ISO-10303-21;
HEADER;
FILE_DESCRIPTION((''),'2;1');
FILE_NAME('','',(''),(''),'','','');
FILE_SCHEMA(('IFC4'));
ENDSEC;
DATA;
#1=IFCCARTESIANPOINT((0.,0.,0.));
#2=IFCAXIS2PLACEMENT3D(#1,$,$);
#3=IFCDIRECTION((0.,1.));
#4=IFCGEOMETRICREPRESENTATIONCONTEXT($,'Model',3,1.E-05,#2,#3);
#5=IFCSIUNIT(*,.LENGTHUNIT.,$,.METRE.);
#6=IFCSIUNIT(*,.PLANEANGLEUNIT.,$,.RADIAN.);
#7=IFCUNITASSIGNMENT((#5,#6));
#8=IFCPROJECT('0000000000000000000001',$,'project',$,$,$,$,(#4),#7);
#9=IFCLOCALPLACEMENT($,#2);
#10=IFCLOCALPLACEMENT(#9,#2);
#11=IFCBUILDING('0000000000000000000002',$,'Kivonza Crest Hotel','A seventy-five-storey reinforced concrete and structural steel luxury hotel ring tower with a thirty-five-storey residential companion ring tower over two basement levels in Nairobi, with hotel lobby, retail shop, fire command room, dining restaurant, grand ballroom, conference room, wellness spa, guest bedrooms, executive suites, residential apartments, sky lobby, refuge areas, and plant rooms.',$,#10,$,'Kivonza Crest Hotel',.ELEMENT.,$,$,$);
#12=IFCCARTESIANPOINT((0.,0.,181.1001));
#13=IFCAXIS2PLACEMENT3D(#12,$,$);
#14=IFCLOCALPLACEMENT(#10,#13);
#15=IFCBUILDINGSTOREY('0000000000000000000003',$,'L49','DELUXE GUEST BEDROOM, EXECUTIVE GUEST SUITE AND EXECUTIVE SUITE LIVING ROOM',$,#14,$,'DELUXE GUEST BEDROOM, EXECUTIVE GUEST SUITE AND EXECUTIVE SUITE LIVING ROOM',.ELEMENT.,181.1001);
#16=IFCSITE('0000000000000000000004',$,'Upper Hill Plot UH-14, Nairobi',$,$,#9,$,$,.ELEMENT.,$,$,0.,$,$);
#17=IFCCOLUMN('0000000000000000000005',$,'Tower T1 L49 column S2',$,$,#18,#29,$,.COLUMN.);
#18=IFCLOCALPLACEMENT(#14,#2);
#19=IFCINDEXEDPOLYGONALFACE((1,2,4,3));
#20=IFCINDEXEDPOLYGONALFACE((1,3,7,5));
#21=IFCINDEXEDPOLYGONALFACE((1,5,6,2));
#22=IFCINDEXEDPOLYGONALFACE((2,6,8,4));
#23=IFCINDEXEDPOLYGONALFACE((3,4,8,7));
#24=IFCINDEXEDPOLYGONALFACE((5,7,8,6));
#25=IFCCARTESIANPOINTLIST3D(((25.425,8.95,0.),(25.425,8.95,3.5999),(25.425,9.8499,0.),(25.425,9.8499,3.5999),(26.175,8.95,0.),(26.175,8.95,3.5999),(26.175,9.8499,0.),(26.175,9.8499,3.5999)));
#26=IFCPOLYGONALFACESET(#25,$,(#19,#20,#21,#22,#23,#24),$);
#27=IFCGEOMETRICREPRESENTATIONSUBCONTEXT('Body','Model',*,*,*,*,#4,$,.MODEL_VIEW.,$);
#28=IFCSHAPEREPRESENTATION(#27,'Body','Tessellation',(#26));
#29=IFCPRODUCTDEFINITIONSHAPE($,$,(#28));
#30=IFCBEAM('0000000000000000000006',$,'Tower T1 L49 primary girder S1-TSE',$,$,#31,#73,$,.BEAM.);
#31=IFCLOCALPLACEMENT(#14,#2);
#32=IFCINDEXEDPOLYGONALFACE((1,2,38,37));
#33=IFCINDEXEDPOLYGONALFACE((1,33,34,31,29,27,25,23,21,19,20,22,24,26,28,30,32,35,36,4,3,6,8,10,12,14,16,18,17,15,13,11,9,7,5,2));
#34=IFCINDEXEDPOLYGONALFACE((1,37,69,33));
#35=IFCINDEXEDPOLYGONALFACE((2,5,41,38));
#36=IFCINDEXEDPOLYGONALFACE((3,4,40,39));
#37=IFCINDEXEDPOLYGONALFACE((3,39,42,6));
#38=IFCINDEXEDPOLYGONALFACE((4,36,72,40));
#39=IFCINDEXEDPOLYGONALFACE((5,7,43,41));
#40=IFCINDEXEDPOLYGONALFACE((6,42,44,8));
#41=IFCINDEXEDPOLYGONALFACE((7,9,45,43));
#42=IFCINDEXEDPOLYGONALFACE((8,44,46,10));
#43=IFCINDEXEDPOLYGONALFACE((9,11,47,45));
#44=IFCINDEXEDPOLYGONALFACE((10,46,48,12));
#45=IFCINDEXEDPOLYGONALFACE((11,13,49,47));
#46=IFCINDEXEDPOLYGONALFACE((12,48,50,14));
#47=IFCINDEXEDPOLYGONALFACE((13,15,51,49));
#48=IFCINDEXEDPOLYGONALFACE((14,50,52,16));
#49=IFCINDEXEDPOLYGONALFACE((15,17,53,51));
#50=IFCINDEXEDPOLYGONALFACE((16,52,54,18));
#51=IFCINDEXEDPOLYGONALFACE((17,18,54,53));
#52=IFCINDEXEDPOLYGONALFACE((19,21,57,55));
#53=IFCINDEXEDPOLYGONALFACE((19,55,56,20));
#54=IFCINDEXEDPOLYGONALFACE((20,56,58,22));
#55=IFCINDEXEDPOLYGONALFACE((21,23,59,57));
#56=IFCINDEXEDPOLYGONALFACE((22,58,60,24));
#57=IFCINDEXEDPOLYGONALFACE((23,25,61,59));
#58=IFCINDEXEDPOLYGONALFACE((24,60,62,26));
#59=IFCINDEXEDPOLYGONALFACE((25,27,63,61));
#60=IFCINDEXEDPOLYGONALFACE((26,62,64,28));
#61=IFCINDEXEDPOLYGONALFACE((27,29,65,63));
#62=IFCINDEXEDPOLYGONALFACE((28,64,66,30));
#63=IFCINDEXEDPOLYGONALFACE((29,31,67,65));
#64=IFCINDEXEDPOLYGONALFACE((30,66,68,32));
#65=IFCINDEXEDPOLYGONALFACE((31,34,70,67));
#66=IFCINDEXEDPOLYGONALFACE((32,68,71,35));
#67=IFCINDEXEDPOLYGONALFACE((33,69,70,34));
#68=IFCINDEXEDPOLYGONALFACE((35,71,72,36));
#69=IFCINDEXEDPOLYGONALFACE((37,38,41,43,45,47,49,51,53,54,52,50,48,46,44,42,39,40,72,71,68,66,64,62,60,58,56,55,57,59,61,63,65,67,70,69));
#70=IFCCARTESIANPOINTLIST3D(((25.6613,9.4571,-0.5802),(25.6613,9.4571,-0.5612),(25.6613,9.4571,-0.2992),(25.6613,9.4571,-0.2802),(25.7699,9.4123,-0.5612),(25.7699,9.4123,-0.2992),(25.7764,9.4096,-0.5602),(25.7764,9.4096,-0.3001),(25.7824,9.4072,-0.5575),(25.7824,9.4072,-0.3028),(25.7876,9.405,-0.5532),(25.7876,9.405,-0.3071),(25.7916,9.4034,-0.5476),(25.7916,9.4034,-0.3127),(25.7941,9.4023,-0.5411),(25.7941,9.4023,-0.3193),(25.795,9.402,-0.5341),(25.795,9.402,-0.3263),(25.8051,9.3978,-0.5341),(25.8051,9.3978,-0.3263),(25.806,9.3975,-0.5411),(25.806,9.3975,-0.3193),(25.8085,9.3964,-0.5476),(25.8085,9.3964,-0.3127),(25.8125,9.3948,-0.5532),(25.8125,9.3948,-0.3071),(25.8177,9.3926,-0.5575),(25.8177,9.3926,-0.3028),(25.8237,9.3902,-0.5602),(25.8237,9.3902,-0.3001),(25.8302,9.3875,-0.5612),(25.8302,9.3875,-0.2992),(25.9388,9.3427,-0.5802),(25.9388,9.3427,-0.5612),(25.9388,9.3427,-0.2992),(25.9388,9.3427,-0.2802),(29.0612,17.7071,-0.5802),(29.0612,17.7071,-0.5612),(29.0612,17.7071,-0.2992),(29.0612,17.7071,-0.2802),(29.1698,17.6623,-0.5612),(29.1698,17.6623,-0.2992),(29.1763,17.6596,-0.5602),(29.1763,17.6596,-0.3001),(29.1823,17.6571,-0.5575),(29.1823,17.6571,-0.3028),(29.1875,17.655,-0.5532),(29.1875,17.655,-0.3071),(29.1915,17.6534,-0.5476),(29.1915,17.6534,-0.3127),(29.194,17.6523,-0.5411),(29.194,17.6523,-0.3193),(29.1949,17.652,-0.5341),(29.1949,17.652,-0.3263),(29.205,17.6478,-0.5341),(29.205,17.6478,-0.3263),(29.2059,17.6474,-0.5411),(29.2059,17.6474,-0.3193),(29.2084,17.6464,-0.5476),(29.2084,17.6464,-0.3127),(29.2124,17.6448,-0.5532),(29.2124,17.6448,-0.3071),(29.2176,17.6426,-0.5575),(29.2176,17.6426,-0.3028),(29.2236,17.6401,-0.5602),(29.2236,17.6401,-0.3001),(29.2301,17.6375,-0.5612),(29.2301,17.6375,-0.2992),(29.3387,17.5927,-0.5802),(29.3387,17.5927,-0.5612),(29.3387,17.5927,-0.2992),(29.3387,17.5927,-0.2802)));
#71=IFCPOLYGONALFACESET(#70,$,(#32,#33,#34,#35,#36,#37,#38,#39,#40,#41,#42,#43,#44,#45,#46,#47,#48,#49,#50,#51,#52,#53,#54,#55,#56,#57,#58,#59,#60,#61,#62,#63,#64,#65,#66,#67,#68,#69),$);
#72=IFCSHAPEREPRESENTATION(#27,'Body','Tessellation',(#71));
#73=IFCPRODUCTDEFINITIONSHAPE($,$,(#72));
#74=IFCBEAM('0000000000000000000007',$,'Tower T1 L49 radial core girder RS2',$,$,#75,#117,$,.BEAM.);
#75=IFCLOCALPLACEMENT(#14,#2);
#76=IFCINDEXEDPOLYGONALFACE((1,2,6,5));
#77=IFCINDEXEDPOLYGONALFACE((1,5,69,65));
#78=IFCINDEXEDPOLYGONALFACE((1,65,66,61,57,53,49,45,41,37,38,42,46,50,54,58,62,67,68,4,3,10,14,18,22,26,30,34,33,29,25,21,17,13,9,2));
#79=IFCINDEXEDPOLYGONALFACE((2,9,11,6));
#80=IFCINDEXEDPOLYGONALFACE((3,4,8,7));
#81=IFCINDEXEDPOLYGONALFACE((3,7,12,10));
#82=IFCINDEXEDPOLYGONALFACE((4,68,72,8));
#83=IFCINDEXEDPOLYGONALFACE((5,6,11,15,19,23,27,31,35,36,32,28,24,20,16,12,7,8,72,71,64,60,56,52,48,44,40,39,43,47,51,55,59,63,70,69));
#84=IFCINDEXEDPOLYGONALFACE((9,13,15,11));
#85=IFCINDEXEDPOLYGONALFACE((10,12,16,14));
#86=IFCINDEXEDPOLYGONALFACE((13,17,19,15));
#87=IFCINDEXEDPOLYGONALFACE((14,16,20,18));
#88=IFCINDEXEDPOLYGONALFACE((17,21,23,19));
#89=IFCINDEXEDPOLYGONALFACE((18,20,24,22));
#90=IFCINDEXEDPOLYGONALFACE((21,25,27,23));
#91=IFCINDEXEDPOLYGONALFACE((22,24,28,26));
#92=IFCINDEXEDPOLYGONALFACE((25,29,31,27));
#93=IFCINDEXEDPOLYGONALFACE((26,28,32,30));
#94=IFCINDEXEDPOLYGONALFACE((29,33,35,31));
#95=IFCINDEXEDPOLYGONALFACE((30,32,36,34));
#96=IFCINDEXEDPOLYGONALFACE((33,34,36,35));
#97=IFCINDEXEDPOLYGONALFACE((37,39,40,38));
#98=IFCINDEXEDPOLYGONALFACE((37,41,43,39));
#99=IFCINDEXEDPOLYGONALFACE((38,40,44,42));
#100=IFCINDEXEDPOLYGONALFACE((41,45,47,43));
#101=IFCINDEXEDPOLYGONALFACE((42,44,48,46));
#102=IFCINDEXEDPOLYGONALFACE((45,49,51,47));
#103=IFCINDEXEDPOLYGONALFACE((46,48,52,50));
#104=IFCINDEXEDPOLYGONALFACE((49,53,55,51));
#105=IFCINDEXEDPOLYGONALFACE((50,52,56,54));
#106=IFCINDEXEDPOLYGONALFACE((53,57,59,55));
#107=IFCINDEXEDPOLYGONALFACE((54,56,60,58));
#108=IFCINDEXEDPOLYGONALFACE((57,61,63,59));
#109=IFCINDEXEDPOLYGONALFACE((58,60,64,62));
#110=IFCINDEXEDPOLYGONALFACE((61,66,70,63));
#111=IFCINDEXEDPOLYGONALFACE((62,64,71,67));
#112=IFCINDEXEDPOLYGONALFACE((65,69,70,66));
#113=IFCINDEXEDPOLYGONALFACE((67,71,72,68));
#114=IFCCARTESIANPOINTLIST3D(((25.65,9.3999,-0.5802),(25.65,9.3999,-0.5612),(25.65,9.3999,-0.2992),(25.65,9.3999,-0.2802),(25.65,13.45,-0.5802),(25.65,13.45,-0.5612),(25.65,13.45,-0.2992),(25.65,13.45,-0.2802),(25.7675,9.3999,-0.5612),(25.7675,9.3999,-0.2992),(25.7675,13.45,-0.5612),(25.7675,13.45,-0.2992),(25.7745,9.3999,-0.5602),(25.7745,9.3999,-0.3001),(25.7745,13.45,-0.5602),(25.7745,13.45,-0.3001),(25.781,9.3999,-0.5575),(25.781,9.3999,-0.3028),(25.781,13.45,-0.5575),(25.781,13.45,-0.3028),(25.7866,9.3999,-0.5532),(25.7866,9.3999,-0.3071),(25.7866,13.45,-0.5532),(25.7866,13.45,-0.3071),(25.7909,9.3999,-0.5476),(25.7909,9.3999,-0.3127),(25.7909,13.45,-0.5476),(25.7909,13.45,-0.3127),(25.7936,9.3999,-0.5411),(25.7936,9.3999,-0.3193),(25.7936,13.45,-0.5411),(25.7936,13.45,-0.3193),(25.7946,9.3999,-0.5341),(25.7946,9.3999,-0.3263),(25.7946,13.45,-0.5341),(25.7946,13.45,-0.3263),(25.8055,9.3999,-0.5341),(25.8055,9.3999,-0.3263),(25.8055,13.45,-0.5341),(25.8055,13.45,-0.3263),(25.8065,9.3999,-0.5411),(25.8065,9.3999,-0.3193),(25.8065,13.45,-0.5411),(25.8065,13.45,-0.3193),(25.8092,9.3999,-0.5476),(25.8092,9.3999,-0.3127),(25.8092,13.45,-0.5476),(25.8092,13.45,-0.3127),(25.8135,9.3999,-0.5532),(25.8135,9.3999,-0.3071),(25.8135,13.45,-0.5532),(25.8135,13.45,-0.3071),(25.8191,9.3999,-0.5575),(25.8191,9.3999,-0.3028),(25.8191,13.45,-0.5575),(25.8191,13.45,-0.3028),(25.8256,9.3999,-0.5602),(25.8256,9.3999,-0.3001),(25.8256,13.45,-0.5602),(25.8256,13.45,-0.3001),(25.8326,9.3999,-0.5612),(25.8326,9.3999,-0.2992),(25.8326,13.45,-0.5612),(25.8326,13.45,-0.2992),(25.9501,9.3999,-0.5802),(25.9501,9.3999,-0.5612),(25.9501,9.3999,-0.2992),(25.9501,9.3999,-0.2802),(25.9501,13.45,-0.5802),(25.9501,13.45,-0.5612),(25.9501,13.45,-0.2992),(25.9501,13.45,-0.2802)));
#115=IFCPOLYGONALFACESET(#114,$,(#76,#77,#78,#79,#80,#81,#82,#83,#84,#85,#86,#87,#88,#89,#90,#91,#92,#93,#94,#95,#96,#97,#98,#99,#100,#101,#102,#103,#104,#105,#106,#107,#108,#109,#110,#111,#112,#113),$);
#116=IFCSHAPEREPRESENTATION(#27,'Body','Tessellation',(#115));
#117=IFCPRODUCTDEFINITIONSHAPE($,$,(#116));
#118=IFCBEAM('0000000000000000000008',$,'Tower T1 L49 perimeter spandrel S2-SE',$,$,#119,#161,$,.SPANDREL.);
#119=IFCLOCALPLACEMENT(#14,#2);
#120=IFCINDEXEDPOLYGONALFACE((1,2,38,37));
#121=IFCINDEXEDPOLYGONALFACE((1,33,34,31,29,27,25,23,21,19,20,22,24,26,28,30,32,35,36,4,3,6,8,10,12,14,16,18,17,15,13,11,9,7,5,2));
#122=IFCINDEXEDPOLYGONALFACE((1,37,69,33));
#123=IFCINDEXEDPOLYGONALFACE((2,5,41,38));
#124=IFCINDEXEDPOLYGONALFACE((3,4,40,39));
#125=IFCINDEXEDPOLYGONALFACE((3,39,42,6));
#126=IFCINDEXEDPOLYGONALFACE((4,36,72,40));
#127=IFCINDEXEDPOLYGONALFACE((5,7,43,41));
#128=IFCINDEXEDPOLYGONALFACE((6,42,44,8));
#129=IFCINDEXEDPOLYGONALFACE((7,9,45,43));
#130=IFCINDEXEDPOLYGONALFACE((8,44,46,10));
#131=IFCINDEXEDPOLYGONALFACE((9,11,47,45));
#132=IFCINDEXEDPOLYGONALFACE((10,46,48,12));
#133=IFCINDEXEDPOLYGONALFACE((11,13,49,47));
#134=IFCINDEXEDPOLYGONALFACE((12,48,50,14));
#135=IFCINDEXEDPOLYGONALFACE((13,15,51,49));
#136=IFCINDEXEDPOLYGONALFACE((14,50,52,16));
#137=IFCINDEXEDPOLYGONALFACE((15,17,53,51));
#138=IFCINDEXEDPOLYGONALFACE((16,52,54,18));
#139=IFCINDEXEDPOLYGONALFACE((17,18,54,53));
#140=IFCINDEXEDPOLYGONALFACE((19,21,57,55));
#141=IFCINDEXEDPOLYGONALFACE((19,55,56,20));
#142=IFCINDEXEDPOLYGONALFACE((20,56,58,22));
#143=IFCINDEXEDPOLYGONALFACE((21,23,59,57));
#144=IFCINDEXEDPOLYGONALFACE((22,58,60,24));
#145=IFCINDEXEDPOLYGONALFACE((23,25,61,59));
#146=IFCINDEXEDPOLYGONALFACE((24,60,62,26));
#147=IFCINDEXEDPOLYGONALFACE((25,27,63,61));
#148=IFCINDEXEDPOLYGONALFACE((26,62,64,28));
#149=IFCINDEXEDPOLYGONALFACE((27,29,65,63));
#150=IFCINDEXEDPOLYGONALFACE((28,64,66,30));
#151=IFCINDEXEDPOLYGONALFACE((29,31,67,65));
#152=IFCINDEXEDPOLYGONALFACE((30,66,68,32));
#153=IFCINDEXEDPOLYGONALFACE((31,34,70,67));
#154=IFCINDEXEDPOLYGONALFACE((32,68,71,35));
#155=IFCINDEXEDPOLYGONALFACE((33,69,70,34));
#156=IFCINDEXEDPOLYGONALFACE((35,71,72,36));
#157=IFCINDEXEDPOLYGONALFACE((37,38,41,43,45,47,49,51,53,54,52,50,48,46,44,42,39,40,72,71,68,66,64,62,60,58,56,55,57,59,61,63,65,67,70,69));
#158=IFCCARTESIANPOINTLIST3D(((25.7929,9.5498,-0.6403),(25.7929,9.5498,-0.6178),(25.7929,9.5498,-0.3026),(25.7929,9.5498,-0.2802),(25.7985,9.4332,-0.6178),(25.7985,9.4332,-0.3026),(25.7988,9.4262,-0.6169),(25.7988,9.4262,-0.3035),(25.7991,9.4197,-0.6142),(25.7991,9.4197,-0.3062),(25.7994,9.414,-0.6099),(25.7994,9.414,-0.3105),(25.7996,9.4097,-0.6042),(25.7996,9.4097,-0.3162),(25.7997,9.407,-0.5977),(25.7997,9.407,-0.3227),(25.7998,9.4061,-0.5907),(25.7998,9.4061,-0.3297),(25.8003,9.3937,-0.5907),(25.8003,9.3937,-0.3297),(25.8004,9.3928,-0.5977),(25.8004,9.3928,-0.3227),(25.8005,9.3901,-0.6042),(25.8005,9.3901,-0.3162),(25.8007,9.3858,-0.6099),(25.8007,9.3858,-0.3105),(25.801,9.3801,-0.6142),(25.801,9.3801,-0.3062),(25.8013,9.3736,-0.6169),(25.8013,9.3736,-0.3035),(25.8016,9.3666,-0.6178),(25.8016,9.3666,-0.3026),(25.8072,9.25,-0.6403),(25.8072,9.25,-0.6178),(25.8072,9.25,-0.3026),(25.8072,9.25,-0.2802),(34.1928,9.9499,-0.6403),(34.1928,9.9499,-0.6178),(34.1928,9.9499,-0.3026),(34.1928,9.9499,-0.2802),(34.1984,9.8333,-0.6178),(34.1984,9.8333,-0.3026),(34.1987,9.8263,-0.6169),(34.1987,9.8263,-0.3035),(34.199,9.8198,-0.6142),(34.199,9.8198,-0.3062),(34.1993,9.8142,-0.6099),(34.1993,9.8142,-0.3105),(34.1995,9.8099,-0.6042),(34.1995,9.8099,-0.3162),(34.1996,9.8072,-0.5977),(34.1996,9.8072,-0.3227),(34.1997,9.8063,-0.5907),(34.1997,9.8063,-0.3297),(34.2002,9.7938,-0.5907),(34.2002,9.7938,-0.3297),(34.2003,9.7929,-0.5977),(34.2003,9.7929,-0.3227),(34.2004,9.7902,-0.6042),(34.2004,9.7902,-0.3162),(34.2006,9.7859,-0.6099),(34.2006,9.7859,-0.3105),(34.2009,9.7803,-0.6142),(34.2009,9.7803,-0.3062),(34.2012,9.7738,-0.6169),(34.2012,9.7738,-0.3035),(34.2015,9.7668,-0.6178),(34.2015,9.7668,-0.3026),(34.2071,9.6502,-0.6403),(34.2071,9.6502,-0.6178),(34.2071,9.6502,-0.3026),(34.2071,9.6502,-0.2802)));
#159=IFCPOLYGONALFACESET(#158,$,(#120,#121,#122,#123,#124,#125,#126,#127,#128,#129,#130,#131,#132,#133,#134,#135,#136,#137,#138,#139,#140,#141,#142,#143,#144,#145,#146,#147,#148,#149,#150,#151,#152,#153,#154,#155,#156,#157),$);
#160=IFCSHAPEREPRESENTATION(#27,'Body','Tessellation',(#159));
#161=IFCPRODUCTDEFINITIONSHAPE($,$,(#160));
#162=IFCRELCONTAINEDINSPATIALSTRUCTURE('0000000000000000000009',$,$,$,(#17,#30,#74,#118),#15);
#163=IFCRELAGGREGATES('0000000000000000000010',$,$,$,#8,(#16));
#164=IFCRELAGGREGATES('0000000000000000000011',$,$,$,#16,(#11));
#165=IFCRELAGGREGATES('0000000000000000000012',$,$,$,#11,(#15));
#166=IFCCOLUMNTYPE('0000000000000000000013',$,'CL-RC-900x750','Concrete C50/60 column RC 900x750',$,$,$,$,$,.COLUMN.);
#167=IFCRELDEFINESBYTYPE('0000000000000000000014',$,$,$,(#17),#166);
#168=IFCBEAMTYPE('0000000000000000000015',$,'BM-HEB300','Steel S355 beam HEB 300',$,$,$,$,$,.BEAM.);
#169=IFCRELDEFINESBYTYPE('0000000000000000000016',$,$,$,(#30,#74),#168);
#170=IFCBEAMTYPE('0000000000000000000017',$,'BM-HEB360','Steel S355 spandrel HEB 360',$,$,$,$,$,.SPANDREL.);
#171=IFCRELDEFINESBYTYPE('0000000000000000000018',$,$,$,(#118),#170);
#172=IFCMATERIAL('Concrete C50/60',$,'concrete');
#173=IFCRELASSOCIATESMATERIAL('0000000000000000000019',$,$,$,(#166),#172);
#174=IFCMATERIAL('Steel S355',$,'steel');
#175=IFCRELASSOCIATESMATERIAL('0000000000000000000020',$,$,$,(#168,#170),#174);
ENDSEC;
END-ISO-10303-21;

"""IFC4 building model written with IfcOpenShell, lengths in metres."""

from ifc_helpers import new_model, si_unit, direction, frame, origin, origin_2d, place, context, subcontext, project, spatial, rectangle, i_section, extrude, material, material_profile, profile_set, type_object, element, save


model = new_model("IFC4")

# Units and contexts
model_context = context("Model", 3, precision=1e-05, world=origin(), true_north=direction((0.0, 1.0)))
body_context = subcontext(model_context, "Body", "Model", "MODEL_VIEW")
ifc_project = project(units=[si_unit("LENGTHUNIT", "METRE"), si_unit("PLANEANGLEUNIT", "RADIAN")], contexts=[model_context])

# Site, building, storey
site_placement = place(None, origin())
site = spatial("IfcSite", under=ifc_project, at=site_placement, Name="Upper Hill Plot UH-14, Nairobi", CompositionType="ELEMENT", RefElevation=0.0)
building_placement = place(site_placement, origin())
building = spatial("IfcBuilding", under=site, at=building_placement, Name="Kivonza Crest Hotel", Description="A seventy-five-storey reinforced concrete and structural steel luxury hotel ring tower with a thirty-five-storey residential companion ring tower over two basement levels in Nairobi, with hotel lobby, retail shop, fire command room, dining restaurant, grand ballroom, conference room, wellness spa, guest bedrooms, executive suites, residential apartments, sky lobby, refuge areas, and plant rooms.", LongName="Kivonza Crest Hotel", CompositionType="ELEMENT")
storey_placement = place(building_placement, frame((0.0, 0.0, 181.1001)))
storey = spatial("IfcBuildingStorey", under=building, at=storey_placement, Name="L49", Description="DELUXE GUEST BEDROOM, EXECUTIVE GUEST SUITE AND EXECUTIVE SUITE LIVING ROOM", LongName="DELUXE GUEST BEDROOM, EXECUTIVE GUEST SUITE AND EXECUTIVE SUITE LIVING ROOM", CompositionType="ELEMENT", Elevation=181.1001)

# Column
ifc_material_1 = material(Name="Concrete C50/60", Category="concrete")
ifc_material_profile_1 = material_profile(ifc_material_1, rectangle(XDim=0.75, YDim=0.8999, at=origin_2d()), Name="RC 900x750")
ifc_profile_set_1 = profile_set([ifc_material_profile_1], Name="Concrete C50/60")
column_type = type_object("IfcColumnType", Name="CL-RC-900x750", Description="Concrete C50/60 column RC 900x750", PredefinedType="COLUMN", material=ifc_profile_set_1)
column_placement = place(storey_placement, frame((25.8, 9.3999, 0.0), z_axis=(0.0, 0.0, 1.0), x_axis=(1.0, 0.0, 0.0)))
element("IfcColumn", 1, at=column_placement, inside=storey, type_object=column_type, Name="Tower T1 L49 column S2", PredefinedType="COLUMN", context=body_context, shape_type="SweptSolid", body=[
    extrude(rectangle(XDim=0.75, YDim=0.8999, at=origin_2d()), origin(), (0.0, 0.0, 1.0), 3.5999),
])

# Beams
ifc_material_2 = material(Name="Steel S355", Category="steel")
ifc_material_profile_2 = material_profile(ifc_material_2, i_section(OverallWidth=0.3, OverallDepth=0.3, WebThickness=0.011, FlangeThickness=0.019, FilletRadius=0.0271, at=origin_2d()), Name="HEB 300")
ifc_profile_set_2 = profile_set([ifc_material_profile_2], Name="Steel S355")
beam_type_1 = type_object("IfcBeamType", Name="BM-HEB300", Description="Steel S355 beam HEB 300", PredefinedType="BEAM", material=ifc_profile_set_2)
beam_1_placement = place(storey_placement, frame((25.8, 9.3999, -0.4302), z_axis=(0.381022, 0.924566, 0.0), x_axis=(-0.924566, 0.381022, 0.0)))
element("IfcBeam", 2, at=beam_1_placement, inside=storey, type_object=beam_type_1, Name="Tower T1 L49 primary girder S1-TSE", PredefinedType="BEAM", context=body_context, shape_type="SweptSolid", body=[
    extrude(i_section(OverallWidth=0.3, OverallDepth=0.3, WebThickness=0.011, FlangeThickness=0.019, FilletRadius=0.0271, at=origin_2d()), origin(), (0.0, 0.0, 1.0), 8.9231),
])
beam_2_placement = place(storey_placement, frame((25.8, 9.3999, -0.4302), z_axis=(0.0, 1.0, 0.0), x_axis=(-1.0, 0.0, 0.0)))
element("IfcBeam", 3, at=beam_2_placement, inside=storey, type_object=beam_type_1, Name="Tower T1 L49 radial core girder RS2", PredefinedType="BEAM", context=body_context, shape_type="SweptSolid", body=[
    extrude(i_section(OverallWidth=0.3, OverallDepth=0.3, WebThickness=0.011, FlangeThickness=0.019, FilletRadius=0.0271, at=origin_2d()), origin(), (0.0, 0.0, 1.0), 4.05),
])
ifc_material_profile_3 = material_profile(ifc_material_2, i_section(OverallWidth=0.3, OverallDepth=0.3601, WebThickness=0.0125, FlangeThickness=0.0225, FilletRadius=0.0271, at=origin_2d()), Name="HEB 360")
ifc_profile_set_3 = profile_set([ifc_material_profile_3], Name="Steel S355")
beam_type_2 = type_object("IfcBeamType", Name="BM-HEB360", Description="Steel S355 spandrel HEB 360", PredefinedType="SPANDREL", material=ifc_profile_set_3)
beam_3_placement = place(storey_placement, frame((25.8, 9.3999, -0.4602), z_axis=(0.998867, 0.047583, 0.0), x_axis=(-0.047583, 0.998867, 0.0)))
element("IfcBeam", 4, at=beam_3_placement, inside=storey, type_object=beam_type_2, Name="Tower T1 L49 perimeter spandrel S2-SE", PredefinedType="SPANDREL", context=body_context, shape_type="SweptSolid", body=[
    extrude(i_section(OverallWidth=0.3, OverallDepth=0.3601, WebThickness=0.0125, FlangeThickness=0.0225, FilletRadius=0.0271, at=origin_2d()), origin(), (0.0, 0.0, 1.0), 8.4094),
])

save(model, "model.ifc")
